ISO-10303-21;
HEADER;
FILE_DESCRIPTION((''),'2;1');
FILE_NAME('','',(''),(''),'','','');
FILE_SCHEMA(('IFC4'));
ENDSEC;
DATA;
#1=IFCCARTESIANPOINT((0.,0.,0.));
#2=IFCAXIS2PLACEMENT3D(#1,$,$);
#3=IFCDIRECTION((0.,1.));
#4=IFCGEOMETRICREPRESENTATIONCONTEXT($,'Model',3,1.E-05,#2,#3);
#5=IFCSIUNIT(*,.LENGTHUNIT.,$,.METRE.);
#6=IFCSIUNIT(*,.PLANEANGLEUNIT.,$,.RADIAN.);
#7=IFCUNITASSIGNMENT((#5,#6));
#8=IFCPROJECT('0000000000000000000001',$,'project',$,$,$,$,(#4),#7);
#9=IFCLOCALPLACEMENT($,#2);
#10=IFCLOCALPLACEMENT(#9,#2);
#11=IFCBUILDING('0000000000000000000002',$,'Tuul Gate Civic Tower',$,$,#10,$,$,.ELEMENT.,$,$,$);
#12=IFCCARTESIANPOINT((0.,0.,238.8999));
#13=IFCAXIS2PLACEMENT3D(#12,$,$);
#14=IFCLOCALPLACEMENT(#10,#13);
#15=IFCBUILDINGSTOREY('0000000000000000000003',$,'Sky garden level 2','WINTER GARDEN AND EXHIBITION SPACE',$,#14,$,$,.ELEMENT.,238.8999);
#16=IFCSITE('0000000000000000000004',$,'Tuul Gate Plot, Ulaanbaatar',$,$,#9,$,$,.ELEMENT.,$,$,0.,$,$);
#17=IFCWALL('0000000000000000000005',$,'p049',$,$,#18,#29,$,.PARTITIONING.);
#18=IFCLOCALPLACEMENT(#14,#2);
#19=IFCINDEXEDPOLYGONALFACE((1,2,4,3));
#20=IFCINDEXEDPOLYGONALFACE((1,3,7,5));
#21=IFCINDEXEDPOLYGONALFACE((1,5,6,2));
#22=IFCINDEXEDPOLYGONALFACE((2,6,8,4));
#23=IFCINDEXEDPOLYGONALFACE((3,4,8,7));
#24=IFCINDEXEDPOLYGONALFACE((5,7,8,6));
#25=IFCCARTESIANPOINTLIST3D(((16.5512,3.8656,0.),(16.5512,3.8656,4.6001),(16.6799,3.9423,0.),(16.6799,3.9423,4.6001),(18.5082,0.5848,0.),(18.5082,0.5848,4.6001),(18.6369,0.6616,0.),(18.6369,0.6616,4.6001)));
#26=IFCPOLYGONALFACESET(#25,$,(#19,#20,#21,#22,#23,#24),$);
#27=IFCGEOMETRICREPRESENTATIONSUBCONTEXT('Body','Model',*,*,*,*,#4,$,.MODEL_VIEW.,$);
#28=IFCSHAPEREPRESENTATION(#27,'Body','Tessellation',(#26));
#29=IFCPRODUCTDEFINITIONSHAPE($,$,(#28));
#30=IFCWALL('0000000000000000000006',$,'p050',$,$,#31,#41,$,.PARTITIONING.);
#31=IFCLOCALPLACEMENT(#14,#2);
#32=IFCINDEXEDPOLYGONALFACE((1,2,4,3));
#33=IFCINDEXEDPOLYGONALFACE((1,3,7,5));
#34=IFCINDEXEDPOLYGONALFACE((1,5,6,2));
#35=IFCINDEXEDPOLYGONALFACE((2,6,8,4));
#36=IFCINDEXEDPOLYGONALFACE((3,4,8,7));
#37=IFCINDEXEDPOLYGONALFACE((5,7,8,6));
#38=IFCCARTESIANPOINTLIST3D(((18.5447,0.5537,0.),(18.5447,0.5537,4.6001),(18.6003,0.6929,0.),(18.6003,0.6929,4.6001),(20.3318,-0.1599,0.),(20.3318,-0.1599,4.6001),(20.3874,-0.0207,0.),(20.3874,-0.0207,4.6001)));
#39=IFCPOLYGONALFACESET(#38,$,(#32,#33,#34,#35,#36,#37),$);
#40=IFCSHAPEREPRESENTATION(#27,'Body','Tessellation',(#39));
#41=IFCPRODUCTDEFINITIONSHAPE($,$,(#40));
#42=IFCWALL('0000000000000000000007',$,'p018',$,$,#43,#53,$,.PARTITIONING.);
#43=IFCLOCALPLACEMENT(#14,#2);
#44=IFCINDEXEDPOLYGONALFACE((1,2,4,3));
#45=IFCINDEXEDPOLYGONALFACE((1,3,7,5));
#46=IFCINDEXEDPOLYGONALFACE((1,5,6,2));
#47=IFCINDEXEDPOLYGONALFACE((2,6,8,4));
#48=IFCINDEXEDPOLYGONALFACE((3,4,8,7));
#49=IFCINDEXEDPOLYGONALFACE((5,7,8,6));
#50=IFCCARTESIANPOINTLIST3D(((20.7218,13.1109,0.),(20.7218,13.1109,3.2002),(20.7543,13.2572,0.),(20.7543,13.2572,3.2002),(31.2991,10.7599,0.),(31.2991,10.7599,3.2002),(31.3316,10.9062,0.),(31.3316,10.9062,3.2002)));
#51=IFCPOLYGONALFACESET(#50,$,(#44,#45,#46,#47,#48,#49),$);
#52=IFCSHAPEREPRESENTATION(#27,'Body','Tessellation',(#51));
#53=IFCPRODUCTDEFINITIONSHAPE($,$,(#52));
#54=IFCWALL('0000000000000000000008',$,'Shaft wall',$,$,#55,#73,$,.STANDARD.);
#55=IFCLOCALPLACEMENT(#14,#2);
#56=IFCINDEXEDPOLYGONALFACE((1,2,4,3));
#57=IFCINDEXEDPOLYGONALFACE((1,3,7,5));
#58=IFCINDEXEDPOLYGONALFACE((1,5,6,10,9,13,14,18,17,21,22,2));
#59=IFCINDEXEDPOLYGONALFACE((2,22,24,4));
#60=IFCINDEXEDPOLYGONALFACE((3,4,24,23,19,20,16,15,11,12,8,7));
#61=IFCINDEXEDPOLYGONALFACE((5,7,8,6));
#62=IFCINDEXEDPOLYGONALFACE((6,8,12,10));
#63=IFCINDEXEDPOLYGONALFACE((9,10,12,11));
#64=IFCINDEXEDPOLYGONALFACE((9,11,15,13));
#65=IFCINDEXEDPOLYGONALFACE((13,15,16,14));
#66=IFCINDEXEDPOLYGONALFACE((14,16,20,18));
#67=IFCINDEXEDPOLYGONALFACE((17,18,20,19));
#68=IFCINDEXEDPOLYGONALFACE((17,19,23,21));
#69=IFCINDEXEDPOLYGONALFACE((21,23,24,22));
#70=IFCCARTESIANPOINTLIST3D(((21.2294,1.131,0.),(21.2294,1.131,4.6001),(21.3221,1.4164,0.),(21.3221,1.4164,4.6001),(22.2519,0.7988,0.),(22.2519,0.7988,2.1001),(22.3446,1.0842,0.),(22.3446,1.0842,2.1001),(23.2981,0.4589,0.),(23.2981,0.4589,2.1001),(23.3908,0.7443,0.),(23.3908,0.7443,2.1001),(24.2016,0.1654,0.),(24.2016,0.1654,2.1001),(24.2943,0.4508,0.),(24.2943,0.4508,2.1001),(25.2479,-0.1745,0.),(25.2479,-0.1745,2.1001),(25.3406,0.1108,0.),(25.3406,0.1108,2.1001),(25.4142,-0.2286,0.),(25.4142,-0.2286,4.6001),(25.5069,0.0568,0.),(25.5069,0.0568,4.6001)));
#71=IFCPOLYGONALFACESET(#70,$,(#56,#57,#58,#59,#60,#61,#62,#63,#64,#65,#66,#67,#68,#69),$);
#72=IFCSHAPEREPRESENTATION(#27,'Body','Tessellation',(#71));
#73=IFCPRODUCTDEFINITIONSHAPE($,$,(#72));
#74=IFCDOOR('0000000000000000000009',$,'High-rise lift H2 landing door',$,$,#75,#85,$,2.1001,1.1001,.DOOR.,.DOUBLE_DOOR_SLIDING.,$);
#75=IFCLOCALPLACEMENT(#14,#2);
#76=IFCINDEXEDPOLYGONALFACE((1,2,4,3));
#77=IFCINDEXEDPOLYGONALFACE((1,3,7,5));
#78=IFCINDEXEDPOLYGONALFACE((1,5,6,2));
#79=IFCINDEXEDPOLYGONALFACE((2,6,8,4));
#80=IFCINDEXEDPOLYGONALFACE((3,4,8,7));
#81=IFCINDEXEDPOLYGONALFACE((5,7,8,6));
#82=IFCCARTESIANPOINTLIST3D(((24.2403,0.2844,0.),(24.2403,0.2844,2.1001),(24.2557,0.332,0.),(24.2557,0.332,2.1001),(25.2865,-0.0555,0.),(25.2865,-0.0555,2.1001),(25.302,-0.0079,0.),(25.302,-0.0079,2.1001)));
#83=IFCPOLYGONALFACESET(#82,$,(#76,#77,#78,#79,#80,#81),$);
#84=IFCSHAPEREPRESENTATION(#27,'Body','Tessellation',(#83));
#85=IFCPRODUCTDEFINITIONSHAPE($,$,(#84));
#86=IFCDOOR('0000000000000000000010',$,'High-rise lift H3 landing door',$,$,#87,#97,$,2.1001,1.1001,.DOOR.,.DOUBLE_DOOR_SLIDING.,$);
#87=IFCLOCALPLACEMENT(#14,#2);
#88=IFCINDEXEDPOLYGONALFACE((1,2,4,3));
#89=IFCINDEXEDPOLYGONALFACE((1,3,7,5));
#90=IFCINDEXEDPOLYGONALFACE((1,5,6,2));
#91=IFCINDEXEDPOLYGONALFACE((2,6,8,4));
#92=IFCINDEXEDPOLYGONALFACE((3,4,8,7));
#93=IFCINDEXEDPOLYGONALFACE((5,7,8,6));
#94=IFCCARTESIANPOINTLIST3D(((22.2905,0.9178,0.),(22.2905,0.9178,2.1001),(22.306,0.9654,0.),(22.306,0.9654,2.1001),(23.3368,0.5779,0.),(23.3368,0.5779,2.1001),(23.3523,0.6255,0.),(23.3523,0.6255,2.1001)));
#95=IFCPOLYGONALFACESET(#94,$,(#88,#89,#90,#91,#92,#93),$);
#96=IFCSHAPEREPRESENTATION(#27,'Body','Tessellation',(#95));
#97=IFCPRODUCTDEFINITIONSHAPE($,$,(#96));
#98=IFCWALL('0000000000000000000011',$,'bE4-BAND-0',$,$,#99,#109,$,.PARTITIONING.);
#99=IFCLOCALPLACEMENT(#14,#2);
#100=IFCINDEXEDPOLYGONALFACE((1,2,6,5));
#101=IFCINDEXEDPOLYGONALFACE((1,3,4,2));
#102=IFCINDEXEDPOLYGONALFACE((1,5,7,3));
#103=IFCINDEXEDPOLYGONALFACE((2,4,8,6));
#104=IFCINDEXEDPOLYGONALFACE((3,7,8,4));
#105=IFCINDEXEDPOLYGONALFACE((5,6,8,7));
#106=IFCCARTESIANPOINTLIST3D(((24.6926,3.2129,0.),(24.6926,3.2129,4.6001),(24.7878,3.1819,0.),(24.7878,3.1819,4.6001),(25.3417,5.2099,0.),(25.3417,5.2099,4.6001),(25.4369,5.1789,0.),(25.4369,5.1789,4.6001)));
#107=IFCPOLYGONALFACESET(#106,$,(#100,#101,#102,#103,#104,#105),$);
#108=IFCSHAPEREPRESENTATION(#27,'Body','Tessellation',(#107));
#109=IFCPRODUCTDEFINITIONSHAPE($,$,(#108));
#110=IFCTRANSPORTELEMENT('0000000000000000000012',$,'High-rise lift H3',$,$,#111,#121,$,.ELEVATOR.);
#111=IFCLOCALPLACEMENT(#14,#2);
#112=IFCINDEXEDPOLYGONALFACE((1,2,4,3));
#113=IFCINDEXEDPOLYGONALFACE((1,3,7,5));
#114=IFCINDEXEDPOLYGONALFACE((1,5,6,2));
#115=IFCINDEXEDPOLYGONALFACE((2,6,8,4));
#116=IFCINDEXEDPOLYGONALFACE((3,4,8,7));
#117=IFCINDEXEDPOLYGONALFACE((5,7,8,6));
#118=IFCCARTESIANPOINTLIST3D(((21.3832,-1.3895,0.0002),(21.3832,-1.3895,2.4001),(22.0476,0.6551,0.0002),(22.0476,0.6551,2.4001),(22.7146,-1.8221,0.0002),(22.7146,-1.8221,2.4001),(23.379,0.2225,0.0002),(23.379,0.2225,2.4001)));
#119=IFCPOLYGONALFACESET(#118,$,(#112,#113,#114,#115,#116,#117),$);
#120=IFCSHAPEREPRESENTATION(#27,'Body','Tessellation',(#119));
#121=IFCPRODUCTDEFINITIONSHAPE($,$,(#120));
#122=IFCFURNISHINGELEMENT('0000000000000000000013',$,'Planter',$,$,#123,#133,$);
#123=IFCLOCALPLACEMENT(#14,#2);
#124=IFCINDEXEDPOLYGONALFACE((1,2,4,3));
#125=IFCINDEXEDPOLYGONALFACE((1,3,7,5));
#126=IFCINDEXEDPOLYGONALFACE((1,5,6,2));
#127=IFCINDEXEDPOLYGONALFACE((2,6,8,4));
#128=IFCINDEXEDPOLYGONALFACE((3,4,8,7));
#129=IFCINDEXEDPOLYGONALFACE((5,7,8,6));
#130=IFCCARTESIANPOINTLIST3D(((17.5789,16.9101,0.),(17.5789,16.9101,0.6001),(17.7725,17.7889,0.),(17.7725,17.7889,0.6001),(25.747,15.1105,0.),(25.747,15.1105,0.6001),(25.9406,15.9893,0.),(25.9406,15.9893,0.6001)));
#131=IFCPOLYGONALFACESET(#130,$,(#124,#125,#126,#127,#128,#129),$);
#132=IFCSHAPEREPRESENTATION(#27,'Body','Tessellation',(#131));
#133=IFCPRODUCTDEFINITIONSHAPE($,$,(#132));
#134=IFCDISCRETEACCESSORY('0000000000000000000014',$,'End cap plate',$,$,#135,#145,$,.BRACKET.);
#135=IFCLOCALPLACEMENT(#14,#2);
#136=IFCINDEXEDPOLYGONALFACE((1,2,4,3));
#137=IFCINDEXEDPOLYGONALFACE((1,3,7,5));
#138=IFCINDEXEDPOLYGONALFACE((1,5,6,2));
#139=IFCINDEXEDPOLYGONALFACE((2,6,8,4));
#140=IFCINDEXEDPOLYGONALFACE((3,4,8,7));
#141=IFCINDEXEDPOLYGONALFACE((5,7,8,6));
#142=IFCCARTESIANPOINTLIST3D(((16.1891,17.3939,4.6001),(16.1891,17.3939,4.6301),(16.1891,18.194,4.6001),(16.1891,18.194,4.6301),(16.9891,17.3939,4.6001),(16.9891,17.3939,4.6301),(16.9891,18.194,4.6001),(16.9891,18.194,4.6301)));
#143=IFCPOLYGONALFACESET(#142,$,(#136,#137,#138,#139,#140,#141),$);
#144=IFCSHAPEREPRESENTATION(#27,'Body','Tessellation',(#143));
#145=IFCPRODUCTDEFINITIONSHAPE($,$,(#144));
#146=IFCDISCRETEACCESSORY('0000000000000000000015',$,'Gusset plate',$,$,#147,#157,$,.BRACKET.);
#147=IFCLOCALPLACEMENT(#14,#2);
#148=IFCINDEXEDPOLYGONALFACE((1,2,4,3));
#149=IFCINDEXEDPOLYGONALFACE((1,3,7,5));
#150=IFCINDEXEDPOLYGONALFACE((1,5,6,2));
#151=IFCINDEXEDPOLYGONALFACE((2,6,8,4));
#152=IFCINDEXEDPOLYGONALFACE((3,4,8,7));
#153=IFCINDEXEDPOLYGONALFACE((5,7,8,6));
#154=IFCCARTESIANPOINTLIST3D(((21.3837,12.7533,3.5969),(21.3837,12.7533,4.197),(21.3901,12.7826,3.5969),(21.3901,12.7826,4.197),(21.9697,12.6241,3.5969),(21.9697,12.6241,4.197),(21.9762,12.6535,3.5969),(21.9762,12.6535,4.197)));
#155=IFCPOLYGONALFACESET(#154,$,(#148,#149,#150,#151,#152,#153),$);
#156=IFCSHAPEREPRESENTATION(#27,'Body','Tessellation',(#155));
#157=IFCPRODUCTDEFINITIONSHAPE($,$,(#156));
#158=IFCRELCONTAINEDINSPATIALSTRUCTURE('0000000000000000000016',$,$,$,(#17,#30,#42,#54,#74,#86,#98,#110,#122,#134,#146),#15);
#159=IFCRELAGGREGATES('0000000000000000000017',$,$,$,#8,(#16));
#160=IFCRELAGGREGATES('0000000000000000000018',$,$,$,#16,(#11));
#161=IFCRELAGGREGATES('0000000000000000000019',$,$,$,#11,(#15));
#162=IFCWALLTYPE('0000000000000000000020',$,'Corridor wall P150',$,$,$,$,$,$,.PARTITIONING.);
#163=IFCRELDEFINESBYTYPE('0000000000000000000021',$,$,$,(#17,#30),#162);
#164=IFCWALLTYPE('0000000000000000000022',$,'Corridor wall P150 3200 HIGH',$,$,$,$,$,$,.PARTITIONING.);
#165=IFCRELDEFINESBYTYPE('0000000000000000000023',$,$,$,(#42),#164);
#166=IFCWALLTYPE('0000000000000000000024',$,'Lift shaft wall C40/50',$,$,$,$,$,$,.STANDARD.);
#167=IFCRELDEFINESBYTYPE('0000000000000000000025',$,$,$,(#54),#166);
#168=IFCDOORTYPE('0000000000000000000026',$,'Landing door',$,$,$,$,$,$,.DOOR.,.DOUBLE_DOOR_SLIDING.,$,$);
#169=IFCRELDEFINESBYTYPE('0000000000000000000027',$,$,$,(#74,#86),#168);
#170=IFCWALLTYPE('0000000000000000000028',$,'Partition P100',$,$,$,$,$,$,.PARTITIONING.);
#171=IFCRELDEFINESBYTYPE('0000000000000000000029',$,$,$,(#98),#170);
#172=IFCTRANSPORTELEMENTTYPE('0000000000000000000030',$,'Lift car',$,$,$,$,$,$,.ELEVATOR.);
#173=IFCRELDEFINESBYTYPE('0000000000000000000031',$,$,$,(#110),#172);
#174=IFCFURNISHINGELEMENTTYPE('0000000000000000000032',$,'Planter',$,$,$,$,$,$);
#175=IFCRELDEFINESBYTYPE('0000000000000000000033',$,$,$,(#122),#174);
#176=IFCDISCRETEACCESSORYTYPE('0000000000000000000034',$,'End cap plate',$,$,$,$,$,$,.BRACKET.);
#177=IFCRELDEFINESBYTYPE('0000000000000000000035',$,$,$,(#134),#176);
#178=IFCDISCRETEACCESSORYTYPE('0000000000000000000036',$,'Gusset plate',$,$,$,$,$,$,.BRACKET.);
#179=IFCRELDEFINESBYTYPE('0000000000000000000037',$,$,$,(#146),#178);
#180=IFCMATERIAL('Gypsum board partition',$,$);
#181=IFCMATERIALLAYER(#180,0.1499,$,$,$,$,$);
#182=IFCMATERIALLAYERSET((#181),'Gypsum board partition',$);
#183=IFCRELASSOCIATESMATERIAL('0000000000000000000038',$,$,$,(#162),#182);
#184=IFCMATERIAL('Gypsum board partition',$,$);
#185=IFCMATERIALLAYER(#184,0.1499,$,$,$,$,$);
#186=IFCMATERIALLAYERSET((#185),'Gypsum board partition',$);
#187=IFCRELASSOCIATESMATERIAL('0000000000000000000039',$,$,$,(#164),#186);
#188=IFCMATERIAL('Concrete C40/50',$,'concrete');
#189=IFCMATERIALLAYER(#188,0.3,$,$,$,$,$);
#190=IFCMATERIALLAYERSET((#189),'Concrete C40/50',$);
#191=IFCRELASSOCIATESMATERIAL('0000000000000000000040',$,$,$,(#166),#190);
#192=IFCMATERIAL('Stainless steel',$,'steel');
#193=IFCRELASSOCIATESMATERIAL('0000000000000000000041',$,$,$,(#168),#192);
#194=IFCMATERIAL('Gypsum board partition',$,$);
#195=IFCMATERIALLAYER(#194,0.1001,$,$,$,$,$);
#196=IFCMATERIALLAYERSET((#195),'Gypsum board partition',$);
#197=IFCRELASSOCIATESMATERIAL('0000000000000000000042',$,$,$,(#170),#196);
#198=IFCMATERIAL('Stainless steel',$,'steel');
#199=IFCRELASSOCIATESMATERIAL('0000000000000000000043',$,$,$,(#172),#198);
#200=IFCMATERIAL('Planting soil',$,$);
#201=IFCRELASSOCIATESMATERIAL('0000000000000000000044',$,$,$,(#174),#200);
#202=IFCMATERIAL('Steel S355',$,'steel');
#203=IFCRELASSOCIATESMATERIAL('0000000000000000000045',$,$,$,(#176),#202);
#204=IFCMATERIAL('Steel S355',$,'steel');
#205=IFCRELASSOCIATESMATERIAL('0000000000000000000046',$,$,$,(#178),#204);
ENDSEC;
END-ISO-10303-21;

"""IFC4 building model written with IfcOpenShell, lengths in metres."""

from ifc_helpers import new_model, si_unit, direction, frame, frame_2d, origin, origin_2d, place, context, subcontext, project, spatial, rectangle, extrude, material, layer, layer_set, type_object, element, fill, save


model = new_model("IFC4")

# Units and contexts
model_context = context("Model", 3, precision=1e-05, world=origin(), true_north=direction((0.0, 1.0)))
body_context = subcontext(model_context, "Body", "Model", "MODEL_VIEW")
ifc_project = project(units=[si_unit("LENGTHUNIT", "METRE"), si_unit("PLANEANGLEUNIT", "RADIAN")], contexts=[model_context])

# Site, building, storey
site_placement = place(None, origin())
site = spatial("IfcSite", under=ifc_project, at=site_placement, Name="Tuul Gate Plot, Ulaanbaatar", CompositionType="ELEMENT", RefElevation=0.0)
building_placement = place(site_placement, origin())
building = spatial("IfcBuilding", under=site, at=building_placement, Name="Tuul Gate Civic Tower", CompositionType="ELEMENT")
storey_placement = place(building_placement, frame((0.0, 0.0, 238.8999)))
storey = spatial("IfcBuildingStorey", under=building, at=storey_placement, Name="Sky garden level 2", Description="WINTER GARDEN AND EXHIBITION SPACE", CompositionType="ELEMENT", Elevation=238.8999)

# Walls
ifc_material_1 = material(Name="Gypsum board partition")
ifc_layer_1 = layer(ifc_material_1, 0.1499)
ifc_layer_set_1 = layer_set([ifc_layer_1], Name="Gypsum board partition")
wall_type_1 = type_object("IfcWallType", Name="Corridor wall P150", PredefinedType="PARTITIONING", material=ifc_layer_set_1)
wall_1_placement = place(storey_placement, frame((16.6155, 3.9041, 0.0), z_axis=(0.0, 0.0, 1.0), x_axis=(0.512295, -0.85881, 0.0)))
element("IfcWall", 1, at=wall_1_placement, inside=storey, type_object=wall_type_1, Name="p049", PredefinedType="PARTITIONING", context=body_context, shape_type="SweptSolid", body=[
    extrude(rectangle(XDim=3.8201, YDim=0.1499, at=frame_2d((1.9102, 0.0))), origin(), (0.0, 0.0, 1.0), 4.6001),
])
wall_2_placement = place(storey_placement, frame((18.5725, 0.6233, 0.0), z_axis=(0.0, 0.0, 1.0), x_axis=(0.928695, -0.370844, 0.0)))
element("IfcWall", 2, at=wall_2_placement, inside=storey, type_object=wall_type_1, Name="p050", PredefinedType="PARTITIONING", context=body_context, shape_type="SweptSolid", body=[
    extrude(rectangle(XDim=1.9243, YDim=0.1499, at=frame_2d((0.9622, 0.0))), origin(), (0.0, 0.0, 1.0), 4.6001),
])
ifc_material_2 = material(Name="Gypsum board partition")
ifc_layer_2 = layer(ifc_material_2, 0.1499)
ifc_layer_set_2 = layer_set([ifc_layer_2], Name="Gypsum board partition")
wall_type_2 = type_object("IfcWallType", Name="Corridor wall P150 3200 HIGH", PredefinedType="PARTITIONING", material=ifc_layer_set_2)
wall_3_placement = place(storey_placement, frame((20.738, 13.1841, 0.0), z_axis=(0.0, 0.0, 1.0), x_axis=(0.976176, -0.216978, 0.0)))
element("IfcWall", 3, at=wall_3_placement, inside=storey, type_object=wall_type_2, Name="p018", PredefinedType="PARTITIONING", context=body_context, shape_type="SweptSolid", body=[
    extrude(rectangle(XDim=10.8354, YDim=0.1499, at=frame_2d((5.4177, 0.0))), origin(), (0.0, 0.0, 1.0), 3.2002),
])

# Wall, openings, doors
ifc_material_3 = material(Name="Concrete C40/50", Category="concrete")
ifc_layer_3 = layer(ifc_material_3, 0.3)
ifc_layer_set_3 = layer_set([ifc_layer_3], Name="Concrete C40/50")
wall_type_3 = type_object("IfcWallType", Name="Lift shaft wall C40/50", PredefinedType="STANDARD", material=ifc_layer_set_3)
wall_4_placement = place(storey_placement, frame((25.4607, -0.0859, 0.0), z_axis=(0.0, 0.0, 1.0), x_axis=(-0.951064, 0.308994, 0.0)))
wall_4 = element("IfcWall", 4, at=wall_4_placement, inside=storey, type_object=wall_type_3, Name="Shaft wall", PredefinedType="STANDARD", context=body_context, shape_type="SweptSolid", body=[
    extrude(rectangle(XDim=4.4001, YDim=0.3, at=frame_2d((2.2002, 0.0))), origin(), (0.0, 0.0, 1.0), 4.6001),
])
opening_1_placement = place(wall_4_placement, frame((0.175, 0.0, 0.0)))
opening_1 = element("IfcOpeningElement", 5, at=opening_1_placement, cuts=wall_4, PredefinedType="OPENING", context=body_context, shape_type="SweptSolid", body=[
    extrude(rectangle(XDim=1.1001, YDim=2.1001, at=frame_2d((0.55, 1.05))), frame((0.0, 0.1602, 0.0), z_axis=(0.0, -1.0, 0.0), x_axis=(1.0, 0.0, 0.0)), (0.0, 0.0, 1.0), 0.3201),
])
opening_2_placement = place(wall_4_placement, frame((2.2251, 0.0, 0.0)))
opening_2 = element("IfcOpeningElement", 6, at=opening_2_placement, cuts=wall_4, PredefinedType="OPENING", context=body_context, shape_type="SweptSolid", body=[
    extrude(rectangle(XDim=1.1001, YDim=2.1001, at=frame_2d((0.55, 1.05))), frame((0.0, 0.1602, 0.0), z_axis=(0.0, -1.0, 0.0), x_axis=(1.0, 0.0, 0.0)), (0.0, 0.0, 1.0), 0.3201),
])
ifc_material_4 = material(Name="Stainless steel", Category="steel")
door_type = type_object("IfcDoorType", Name="Landing door", OperationType="DOUBLE_DOOR_SLIDING", PredefinedType="DOOR", material=ifc_material_4)
door_1_placement = place(opening_1_placement, origin())
door_1 = element("IfcDoor", 7, at=door_1_placement, inside=storey, type_object=door_type, Name="High-rise lift H2 landing door", OperationType="DOUBLE_DOOR_SLIDING", OverallHeight=2.1001, OverallWidth=1.1001, PredefinedType="DOOR", context=body_context, shape_type="SweptSolid", body=[
    extrude(rectangle(XDim=1.1001, YDim=2.1001, at=frame_2d((0.55, 1.05))), frame((0.0, 0.0249, 0.0), z_axis=(0.0, -1.0, 0.0), x_axis=(1.0, 0.0, 0.0)), (0.0, 0.0, 1.0), 0.05),
])
fill(opening_1, door_1)
door_2_placement = place(opening_2_placement, origin())
door_2 = element("IfcDoor", 8, at=door_2_placement, inside=storey, type_object=door_type, Name="High-rise lift H3 landing door", OperationType="DOUBLE_DOOR_SLIDING", OverallHeight=2.1001, OverallWidth=1.1001, PredefinedType="DOOR", context=body_context, shape_type="SweptSolid", body=[
    extrude(rectangle(XDim=1.1001, YDim=2.1001, at=frame_2d((0.55, 1.05))), frame((0.0, 0.0249, 0.0), z_axis=(0.0, -1.0, 0.0), x_axis=(1.0, 0.0, 0.0)), (0.0, 0.0, 1.0), 0.05),
])
fill(opening_2, door_2)

# Wall
ifc_material_5 = material(Name="Gypsum board partition")
ifc_layer_4 = layer(ifc_material_5, 0.1001)
ifc_layer_set_4 = layer_set([ifc_layer_4], Name="Gypsum board partition")
wall_type_4 = type_object("IfcWallType", Name="Partition P100", PredefinedType="PARTITIONING", material=ifc_layer_set_4)
wall_5_placement = place(storey_placement, frame((24.7402, 3.1975, 0.0), z_axis=(0.0, 0.0, 1.0), x_axis=(0.309139, 0.951017, 0.0)))
element("IfcWall", 9, at=wall_5_placement, inside=storey, type_object=wall_type_4, Name="bE4-BAND-0", PredefinedType="PARTITIONING", context=body_context, shape_type="SweptSolid", body=[
    extrude(rectangle(XDim=2.0999, YDim=0.1001, at=frame_2d((1.0498, 0.0))), origin(), (0.0, 0.0, 1.0), 4.6001),
])

# Transport element
ifc_material_6 = material(Name="Stainless steel", Category="steel")
transport_element_type = type_object("IfcTransportElementType", Name="Lift car", PredefinedType="ELEVATOR", material=ifc_material_6)
transport_element_placement = place(storey_placement, frame((22.3811, -0.5835, 0.0002), z_axis=(0.0, 0.0, 1.0), x_axis=(-0.951056, 0.309019, 0.0)))
element("IfcTransportElement", 10, at=transport_element_placement, inside=storey, type_object=transport_element_type, Name="High-rise lift H3", PredefinedType="ELEVATOR", context=body_context, shape_type="SweptSolid", body=[
    extrude(rectangle(XDim=1.3999, YDim=2.1499, at=origin_2d()), origin(), (0.0, 0.0, 1.0), 2.3999),
])

# Furnishing element
ifc_material_7 = material(Name="Planting soil")
furnishing_element_type = type_object("IfcFurnishingElementType", Name="Planter", material=ifc_material_7)
furnishing_placement = place(storey_placement, frame((21.7598, 16.4497, 0.0), z_axis=(0.0, 0.0, 1.0), x_axis=(-0.976579, 0.21516, 0.0)))
element("IfcFurnishingElement", 11, at=furnishing_placement, inside=storey, type_object=furnishing_element_type, Name="Planter", context=body_context, shape_type="SweptSolid", body=[
    extrude(rectangle(XDim=8.364, YDim=0.8999, at=origin_2d()), origin(), (0.0, 0.0, 1.0), 0.6001),
])

# Discrete accessories
ifc_material_8 = material(Name="Steel S355", Category="steel")
discrete_accessory_type_1 = type_object("IfcDiscreteAccessoryType", Name="End cap plate", PredefinedType="BRACKET", material=ifc_material_8)
discrete_accessory_1_placement = place(storey_placement, frame((16.5891, 17.7939, 4.6001), z_axis=(0.0, 0.0, 1.0), x_axis=(1.0, 0.0, 0.0)))
element("IfcDiscreteAccessory", 12, at=discrete_accessory_1_placement, inside=storey, type_object=discrete_accessory_type_1, Name="End cap plate", PredefinedType="BRACKET", context=body_context, shape_type="SweptSolid", body=[
    extrude(rectangle(XDim=0.8, YDim=0.8, at=origin_2d()), origin(), (0.0, 0.0, 1.0), 0.03),
])
ifc_material_9 = material(Name="Steel S355", Category="steel")
discrete_accessory_type_2 = type_object("IfcDiscreteAccessoryType", Name="Gusset plate", PredefinedType="BRACKET", material=ifc_material_9)
discrete_accessory_2_placement = place(storey_placement, frame((21.6799, 12.7034, 3.5969), z_axis=(0.0, 0.0, 1.0), x_axis=(0.976569, -0.215205, 0.0)))
element("IfcDiscreteAccessory", 13, at=discrete_accessory_2_placement, inside=storey, type_object=discrete_accessory_type_2, Name="Gusset plate", PredefinedType="BRACKET", context=body_context, shape_type="SweptSolid", body=[
    extrude(rectangle(XDim=0.6001, YDim=0.03, at=origin_2d()), origin(), (0.0, 0.0, 1.0), 0.6001),
])

save(model, "model.ifc")
